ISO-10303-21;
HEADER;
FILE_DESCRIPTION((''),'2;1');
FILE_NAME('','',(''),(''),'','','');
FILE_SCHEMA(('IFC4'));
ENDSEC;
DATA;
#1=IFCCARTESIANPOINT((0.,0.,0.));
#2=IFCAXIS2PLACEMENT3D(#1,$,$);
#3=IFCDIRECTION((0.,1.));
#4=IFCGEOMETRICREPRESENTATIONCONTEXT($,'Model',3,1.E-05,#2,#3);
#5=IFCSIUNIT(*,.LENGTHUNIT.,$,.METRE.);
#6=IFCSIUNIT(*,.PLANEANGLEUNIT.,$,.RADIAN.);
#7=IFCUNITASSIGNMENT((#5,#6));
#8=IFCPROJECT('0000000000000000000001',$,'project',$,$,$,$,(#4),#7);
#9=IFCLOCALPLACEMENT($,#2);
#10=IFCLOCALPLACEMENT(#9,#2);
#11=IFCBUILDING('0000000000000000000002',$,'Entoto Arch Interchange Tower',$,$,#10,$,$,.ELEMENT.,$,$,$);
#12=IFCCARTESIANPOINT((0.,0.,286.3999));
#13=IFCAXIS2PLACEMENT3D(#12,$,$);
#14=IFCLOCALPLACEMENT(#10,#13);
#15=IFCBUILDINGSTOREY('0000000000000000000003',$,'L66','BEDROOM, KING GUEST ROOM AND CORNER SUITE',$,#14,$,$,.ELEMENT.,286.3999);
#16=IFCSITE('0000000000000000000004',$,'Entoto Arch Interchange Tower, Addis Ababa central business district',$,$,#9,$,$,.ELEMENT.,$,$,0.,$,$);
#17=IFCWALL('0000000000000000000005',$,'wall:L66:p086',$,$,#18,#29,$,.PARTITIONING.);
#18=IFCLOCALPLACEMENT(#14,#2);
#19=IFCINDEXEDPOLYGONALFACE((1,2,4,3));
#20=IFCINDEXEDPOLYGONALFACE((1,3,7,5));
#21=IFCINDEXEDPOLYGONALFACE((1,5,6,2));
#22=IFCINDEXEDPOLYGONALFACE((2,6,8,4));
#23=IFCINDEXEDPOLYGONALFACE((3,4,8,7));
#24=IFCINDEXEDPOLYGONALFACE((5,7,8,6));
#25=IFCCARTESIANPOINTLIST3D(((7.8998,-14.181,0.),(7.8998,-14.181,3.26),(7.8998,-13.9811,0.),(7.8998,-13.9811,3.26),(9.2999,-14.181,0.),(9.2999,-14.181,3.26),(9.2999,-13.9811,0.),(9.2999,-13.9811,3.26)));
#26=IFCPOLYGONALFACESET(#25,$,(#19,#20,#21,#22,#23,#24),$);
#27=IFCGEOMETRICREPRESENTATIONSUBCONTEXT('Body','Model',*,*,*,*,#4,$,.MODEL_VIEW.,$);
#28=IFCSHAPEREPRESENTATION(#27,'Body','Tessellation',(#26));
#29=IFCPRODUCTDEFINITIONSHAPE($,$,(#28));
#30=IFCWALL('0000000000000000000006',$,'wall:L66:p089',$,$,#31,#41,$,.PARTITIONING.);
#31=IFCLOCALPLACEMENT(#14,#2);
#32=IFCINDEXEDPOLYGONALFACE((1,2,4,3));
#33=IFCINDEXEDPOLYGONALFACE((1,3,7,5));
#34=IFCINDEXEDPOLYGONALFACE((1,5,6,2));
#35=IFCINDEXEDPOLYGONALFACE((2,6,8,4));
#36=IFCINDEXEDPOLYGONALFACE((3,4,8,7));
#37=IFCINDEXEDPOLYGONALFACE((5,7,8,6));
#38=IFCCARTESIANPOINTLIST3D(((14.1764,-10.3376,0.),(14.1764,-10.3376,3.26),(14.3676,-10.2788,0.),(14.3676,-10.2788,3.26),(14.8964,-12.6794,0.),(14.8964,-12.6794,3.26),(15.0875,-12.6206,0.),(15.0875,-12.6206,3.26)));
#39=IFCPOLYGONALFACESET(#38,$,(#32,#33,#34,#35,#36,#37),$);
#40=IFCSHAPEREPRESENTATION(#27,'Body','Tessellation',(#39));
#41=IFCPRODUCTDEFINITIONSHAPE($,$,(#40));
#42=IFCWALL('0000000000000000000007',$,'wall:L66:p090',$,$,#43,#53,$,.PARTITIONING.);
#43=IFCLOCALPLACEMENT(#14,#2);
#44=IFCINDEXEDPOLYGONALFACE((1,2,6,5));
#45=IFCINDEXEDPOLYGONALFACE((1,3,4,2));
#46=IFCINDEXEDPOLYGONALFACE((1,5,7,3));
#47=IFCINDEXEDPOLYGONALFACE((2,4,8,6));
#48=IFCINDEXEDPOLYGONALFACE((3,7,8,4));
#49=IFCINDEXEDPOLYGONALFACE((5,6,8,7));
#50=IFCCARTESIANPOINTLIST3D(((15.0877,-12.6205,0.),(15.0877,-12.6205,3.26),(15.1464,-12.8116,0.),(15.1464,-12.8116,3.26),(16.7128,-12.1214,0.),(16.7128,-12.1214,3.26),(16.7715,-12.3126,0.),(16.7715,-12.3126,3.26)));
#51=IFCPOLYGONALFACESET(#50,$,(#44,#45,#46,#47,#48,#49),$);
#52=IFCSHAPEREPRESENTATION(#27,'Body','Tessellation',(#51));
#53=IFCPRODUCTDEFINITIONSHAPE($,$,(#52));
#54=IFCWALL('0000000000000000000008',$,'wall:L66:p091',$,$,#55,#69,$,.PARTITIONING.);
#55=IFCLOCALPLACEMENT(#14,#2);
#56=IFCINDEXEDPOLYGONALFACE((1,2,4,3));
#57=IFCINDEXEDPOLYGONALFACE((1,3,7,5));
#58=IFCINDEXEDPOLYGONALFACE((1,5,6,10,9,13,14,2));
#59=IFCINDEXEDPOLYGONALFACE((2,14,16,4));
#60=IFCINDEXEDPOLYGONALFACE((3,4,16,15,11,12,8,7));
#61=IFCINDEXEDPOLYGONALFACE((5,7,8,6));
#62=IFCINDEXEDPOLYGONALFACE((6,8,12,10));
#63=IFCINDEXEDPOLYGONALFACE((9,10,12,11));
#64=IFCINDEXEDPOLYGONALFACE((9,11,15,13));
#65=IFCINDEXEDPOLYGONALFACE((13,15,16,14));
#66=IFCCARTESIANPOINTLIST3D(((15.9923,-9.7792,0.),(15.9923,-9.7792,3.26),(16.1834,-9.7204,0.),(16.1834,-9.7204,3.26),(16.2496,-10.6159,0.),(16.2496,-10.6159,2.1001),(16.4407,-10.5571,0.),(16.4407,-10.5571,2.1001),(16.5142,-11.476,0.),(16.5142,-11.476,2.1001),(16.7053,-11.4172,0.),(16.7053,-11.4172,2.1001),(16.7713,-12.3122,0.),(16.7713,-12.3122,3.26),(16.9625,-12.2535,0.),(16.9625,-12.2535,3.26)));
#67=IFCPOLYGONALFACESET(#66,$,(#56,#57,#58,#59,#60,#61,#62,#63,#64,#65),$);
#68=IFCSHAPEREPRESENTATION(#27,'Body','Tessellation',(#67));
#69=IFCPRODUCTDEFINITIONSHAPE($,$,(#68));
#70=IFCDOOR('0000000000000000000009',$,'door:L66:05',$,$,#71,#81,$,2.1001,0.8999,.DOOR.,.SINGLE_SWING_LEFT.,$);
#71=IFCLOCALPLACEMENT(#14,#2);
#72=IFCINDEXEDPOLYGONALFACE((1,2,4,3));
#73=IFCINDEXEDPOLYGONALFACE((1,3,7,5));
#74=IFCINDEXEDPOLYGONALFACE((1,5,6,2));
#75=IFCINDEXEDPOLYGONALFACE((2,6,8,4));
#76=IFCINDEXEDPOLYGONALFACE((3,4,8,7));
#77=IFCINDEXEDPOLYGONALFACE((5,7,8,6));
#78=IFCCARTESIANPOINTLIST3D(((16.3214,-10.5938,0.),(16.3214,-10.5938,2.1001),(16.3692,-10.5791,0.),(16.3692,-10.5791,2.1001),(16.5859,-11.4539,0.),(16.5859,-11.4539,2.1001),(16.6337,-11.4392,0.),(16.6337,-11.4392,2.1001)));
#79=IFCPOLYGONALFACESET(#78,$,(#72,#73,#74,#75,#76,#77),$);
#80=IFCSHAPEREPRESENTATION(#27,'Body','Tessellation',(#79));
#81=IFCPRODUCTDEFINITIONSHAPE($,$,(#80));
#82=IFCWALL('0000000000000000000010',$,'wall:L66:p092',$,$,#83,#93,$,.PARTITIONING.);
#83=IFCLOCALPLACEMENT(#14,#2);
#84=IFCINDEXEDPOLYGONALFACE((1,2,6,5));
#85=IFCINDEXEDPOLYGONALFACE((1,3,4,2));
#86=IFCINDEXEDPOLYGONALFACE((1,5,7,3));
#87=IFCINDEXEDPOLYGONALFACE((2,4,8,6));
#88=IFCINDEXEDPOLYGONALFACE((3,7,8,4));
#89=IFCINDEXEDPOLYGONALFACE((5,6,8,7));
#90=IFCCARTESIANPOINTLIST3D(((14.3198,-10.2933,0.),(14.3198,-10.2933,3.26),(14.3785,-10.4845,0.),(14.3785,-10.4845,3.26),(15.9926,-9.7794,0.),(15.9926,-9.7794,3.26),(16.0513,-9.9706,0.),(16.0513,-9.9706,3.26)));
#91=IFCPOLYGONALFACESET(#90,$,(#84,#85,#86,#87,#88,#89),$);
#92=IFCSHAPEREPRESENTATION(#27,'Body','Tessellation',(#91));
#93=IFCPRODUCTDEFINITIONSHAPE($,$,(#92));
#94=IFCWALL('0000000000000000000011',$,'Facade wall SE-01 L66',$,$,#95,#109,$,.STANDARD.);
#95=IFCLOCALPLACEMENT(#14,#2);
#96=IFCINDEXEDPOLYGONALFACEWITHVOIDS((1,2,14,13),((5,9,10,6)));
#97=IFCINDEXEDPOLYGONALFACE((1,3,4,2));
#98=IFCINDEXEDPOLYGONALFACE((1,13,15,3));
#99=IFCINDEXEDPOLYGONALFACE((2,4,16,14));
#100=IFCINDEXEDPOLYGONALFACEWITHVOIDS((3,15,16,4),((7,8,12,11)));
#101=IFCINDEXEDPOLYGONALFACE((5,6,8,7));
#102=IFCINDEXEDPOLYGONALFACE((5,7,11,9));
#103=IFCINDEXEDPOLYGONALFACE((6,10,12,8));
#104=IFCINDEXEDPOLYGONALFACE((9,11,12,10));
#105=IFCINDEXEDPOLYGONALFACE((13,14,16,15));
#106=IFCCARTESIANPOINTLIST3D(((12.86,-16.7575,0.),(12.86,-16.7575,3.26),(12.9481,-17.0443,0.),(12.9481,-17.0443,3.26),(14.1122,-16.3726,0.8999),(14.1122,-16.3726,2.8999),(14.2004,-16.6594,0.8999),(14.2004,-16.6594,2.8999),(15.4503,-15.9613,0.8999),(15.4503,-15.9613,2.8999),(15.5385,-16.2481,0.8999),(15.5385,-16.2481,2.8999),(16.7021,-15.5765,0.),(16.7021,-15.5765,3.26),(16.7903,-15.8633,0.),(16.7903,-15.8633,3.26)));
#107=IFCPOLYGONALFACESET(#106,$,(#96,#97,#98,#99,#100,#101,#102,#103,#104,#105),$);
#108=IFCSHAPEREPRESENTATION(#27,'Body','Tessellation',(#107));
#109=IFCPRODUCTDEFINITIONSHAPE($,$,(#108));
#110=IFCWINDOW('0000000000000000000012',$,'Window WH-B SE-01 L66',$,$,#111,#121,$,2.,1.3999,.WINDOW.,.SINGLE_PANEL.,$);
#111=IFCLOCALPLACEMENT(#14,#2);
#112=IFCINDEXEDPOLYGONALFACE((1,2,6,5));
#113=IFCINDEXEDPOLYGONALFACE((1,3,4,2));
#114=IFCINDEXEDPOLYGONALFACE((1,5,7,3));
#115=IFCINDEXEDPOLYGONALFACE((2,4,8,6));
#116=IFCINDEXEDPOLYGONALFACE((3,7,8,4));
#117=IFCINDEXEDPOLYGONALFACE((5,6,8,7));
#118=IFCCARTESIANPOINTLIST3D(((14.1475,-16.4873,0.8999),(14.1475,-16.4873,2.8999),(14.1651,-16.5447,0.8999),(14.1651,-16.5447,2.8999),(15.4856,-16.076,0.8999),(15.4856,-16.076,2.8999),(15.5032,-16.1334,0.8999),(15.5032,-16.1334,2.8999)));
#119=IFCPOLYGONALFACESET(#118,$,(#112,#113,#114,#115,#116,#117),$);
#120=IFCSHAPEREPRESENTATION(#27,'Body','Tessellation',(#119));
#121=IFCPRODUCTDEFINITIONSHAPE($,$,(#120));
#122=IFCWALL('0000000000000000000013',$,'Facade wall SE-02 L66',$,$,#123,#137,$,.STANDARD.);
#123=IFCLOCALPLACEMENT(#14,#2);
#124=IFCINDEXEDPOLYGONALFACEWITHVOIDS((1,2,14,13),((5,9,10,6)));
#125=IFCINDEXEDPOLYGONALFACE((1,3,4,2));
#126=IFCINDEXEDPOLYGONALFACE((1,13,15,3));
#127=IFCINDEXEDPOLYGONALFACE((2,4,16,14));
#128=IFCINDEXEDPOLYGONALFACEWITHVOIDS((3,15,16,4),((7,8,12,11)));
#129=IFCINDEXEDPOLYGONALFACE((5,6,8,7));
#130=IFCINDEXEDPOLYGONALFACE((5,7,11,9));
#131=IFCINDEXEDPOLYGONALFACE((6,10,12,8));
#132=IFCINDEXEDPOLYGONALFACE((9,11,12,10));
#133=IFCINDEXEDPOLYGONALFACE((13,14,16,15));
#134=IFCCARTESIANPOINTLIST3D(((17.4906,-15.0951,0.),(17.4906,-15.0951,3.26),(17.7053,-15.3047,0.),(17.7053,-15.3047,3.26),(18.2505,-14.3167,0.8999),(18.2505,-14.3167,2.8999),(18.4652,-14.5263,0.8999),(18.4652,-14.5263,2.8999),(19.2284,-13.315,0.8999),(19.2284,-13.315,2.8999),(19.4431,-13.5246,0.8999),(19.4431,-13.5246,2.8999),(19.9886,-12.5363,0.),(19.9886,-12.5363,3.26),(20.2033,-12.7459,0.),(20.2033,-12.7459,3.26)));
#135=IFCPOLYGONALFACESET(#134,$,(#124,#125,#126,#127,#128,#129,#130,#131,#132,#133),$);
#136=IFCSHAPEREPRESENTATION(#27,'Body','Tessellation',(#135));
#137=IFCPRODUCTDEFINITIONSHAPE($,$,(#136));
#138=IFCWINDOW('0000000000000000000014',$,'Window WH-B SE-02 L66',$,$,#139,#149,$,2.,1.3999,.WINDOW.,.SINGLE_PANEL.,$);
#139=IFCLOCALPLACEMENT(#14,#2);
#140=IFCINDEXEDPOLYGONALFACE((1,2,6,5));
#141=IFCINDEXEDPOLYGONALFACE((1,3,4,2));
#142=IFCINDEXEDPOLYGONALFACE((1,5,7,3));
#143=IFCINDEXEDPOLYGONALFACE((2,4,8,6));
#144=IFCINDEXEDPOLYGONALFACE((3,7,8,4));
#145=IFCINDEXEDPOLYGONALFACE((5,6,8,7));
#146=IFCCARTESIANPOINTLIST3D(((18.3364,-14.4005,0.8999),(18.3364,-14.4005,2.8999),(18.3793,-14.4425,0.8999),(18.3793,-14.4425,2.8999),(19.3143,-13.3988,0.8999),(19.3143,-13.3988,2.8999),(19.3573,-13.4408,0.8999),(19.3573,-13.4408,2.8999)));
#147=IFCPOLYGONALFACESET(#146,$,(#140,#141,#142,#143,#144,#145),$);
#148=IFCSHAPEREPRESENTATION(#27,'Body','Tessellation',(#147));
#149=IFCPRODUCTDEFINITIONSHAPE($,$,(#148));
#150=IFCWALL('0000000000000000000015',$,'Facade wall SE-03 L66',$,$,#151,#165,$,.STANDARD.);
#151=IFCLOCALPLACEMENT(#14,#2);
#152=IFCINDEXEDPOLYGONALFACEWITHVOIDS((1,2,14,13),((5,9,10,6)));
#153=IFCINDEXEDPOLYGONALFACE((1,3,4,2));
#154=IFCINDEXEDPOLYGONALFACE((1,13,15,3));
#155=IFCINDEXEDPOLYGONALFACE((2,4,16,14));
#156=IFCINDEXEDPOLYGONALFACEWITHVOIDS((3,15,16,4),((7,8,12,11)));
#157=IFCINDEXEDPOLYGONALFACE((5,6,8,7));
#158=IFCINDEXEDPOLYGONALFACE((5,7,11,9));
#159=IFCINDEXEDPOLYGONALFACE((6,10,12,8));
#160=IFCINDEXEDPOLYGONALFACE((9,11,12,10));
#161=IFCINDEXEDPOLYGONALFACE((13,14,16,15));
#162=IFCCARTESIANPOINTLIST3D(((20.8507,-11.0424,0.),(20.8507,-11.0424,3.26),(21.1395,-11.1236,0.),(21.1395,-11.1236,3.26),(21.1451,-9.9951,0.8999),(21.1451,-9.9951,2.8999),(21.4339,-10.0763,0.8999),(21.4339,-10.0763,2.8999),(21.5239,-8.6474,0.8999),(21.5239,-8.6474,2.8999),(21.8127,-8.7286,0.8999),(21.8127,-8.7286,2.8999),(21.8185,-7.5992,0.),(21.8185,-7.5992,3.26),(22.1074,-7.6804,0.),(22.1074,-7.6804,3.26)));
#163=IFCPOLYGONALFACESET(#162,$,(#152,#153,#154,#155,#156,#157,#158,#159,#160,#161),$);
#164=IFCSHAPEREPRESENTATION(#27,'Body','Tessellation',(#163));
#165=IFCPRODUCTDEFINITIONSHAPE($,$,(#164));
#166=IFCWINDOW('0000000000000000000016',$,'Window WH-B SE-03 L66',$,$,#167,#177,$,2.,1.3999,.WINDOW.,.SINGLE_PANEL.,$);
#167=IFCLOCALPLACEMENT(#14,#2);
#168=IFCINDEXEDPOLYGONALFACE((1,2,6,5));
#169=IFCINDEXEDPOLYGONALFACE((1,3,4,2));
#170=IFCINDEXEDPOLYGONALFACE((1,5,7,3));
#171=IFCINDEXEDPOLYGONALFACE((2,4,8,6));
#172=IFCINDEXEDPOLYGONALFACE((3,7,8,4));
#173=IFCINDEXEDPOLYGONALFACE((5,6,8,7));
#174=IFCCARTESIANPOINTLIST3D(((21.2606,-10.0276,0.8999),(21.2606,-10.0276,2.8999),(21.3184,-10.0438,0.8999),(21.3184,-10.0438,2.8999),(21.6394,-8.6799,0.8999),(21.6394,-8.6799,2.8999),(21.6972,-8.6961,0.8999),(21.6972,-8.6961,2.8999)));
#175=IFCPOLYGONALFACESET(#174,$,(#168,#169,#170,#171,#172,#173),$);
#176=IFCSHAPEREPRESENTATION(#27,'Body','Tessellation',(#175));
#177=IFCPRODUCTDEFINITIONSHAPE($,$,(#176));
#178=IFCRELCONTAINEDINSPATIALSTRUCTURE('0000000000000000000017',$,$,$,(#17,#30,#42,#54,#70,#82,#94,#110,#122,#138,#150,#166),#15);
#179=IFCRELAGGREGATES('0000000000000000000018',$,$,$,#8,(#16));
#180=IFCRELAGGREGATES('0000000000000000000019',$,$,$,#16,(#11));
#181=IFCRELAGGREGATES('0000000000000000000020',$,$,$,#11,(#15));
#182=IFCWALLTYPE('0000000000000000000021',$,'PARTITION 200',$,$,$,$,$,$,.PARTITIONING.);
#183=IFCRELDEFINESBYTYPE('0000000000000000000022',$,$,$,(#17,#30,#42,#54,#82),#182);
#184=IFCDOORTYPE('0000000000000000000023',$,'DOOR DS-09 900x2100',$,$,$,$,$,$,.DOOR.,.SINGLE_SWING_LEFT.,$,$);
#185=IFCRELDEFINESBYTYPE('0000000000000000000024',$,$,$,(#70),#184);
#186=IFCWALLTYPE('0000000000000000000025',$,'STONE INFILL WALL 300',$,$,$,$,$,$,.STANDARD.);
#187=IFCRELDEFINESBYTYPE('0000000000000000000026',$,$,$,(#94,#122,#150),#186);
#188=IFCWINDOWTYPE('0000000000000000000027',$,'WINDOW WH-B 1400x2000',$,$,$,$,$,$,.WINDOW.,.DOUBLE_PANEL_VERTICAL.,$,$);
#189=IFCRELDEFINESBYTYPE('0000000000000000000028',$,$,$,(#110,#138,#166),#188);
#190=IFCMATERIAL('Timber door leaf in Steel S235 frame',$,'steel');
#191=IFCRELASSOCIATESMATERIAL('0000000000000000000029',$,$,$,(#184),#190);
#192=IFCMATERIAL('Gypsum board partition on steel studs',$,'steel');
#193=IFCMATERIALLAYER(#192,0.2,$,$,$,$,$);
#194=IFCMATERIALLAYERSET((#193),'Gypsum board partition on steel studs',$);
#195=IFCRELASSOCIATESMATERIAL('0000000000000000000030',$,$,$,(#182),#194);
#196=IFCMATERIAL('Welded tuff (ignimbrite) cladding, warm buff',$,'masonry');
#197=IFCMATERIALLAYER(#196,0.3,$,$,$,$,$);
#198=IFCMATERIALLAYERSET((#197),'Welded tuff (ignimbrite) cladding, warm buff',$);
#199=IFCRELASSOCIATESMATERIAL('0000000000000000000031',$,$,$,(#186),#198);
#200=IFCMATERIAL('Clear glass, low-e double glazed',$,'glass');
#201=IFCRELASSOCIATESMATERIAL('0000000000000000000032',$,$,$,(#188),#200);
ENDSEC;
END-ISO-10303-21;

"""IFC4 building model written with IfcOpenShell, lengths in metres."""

from ifc_helpers import new_model, si_unit, direction, frame, frame_2d, origin, place, context, subcontext, project, spatial, rectangle, extrude, material, layer, layer_set, type_object, element, fill, save


model = new_model("IFC4")

# Units and contexts
model_context = context("Model", 3, precision=1e-05, world=origin(), true_north=direction((0.0, 1.0)))
body_context = subcontext(model_context, "Body", "Model", "MODEL_VIEW")
ifc_project = project(units=[si_unit("LENGTHUNIT", "METRE"), si_unit("PLANEANGLEUNIT", "RADIAN")], contexts=[model_context])

# Site, building, storey
site_placement = place(None, origin())
site = spatial("IfcSite", under=ifc_project, at=site_placement, Name="Entoto Arch Interchange Tower, Addis Ababa central business district", CompositionType="ELEMENT", RefElevation=0.0)
building_placement = place(site_placement, origin())
building = spatial("IfcBuilding", under=site, at=building_placement, Name="Entoto Arch Interchange Tower", CompositionType="ELEMENT")
storey_placement = place(building_placement, frame((0.0, 0.0, 286.3999)))
storey = spatial("IfcBuildingStorey", under=building, at=storey_placement, Name="L66", Description="BEDROOM, KING GUEST ROOM AND CORNER SUITE", CompositionType="ELEMENT", Elevation=286.3999)

# Shared definitions
ifc_material_1 = material(Name="Gypsum board partition on steel studs", Category="steel")
ifc_material_2 = material(Name="Timber door leaf in Steel S235 frame", Category="steel")
door_type_1 = type_object("IfcDoorType", Name="DOOR DS-09 900x2100", OperationType="SINGLE_SWING_LEFT", PredefinedType="DOOR", material=ifc_material_2)

# Shared definitions
ifc_layer_1 = layer(ifc_material_1, 0.2)
ifc_layer_set_1 = layer_set([ifc_layer_1], Name="Gypsum board partition on steel studs")
wall_type_1 = type_object("IfcWallType", Name="PARTITION 200", PredefinedType="PARTITIONING", material=ifc_layer_set_1)

# Walls
wall_1_placement = place(storey_placement, frame((9.3, -14.0811, 0.0), z_axis=(0.0, 0.0, 1.0), x_axis=(-1.0, 0.0, 0.0)))
element("IfcWall", 1, at=wall_1_placement, inside=storey, type_object=wall_type_1, Name="wall:L66:p086", PredefinedType="PARTITIONING", context=body_context, shape_type="SweptSolid", body=[
    extrude(rectangle(XDim=1.4001, YDim=0.2, at=frame_2d((0.7002, 0.0))), origin(), (0.0, 0.0, 1.0), 3.26),
])
wall_2_placement = place(storey_placement, frame((14.272, -10.3081, 0.0), z_axis=(0.0, 0.0, 1.0), x_axis=(0.293869, -0.955846, 0.0)))
element("IfcWall", 2, at=wall_2_placement, inside=storey, type_object=wall_type_1, Name="wall:L66:p089", PredefinedType="PARTITIONING", context=body_context, shape_type="SweptSolid", body=[
    extrude(rectangle(XDim=2.45, YDim=0.2, at=frame_2d((1.2251, 0.0))), origin(), (0.0, 0.0, 1.0), 3.26),
])
wall_3_placement = place(storey_placement, frame((15.1169, -12.7161, 0.0), z_axis=(0.0, 0.0, 1.0), x_axis=(0.95594, 0.293561, 0.0)))
element("IfcWall", 3, at=wall_3_placement, inside=storey, type_object=wall_type_1, Name="wall:L66:p090", PredefinedType="PARTITIONING", context=body_context, shape_type="SweptSolid", body=[
    extrude(rectangle(XDim=1.7, YDim=0.2, at=frame_2d((0.8501, 0.0))), origin(), (0.0, 0.0, 1.0), 3.26),
])

# Wall, opening, door
wall_4_placement = place(storey_placement, frame((16.8669, -12.283, 0.0), z_axis=(0.0, 0.0, 1.0), x_axis=(-0.293976, 0.955813, 0.0)))
wall_4 = element("IfcWall", 4, at=wall_4_placement, inside=storey, type_object=wall_type_1, Name="wall:L66:p091", PredefinedType="PARTITIONING", context=body_context, shape_type="SweptSolid", body=[
    extrude(rectangle(XDim=2.6501, YDim=0.2, at=frame_2d((1.3252, 0.0))), origin(), (0.0, 0.0, 1.0), 3.26),
])
opening_1_placement = place(wall_4_placement, frame((0.875, 0.0, 0.0)))
opening_1 = element("IfcOpeningElement", 5, at=opening_1_placement, cuts=wall_4, PredefinedType="OPENING", context=body_context, shape_type="SweptSolid", body=[
    extrude(rectangle(XDim=0.8999, YDim=2.1001, at=frame_2d((0.45, 1.05))), frame((0.0, 0.1099, 0.0), z_axis=(0.0, -1.0, 0.0), x_axis=(1.0, 0.0, 0.0)), (0.0, 0.0, 1.0), 0.22),
])
door_1_placement = place(opening_1_placement, origin())
door_1 = element("IfcDoor", 6, at=door_1_placement, inside=storey, type_object=door_type_1, Name="door:L66:05", OperationType="SINGLE_SWING_LEFT", OverallHeight=2.1001, OverallWidth=0.8999, PredefinedType="DOOR", context=body_context, shape_type="SweptSolid", body=[
    extrude(rectangle(XDim=0.8999, YDim=2.1001, at=frame_2d((0.45, 1.05))), frame((0.0, 0.0249, 0.0), z_axis=(0.0, -1.0, 0.0), x_axis=(1.0, 0.0, 0.0)), (0.0, 0.0, 1.0), 0.05),
])
fill(opening_1, door_1)

# Wall
wall_5_placement = place(storey_placement, frame((16.022, -9.875, 0.0), z_axis=(0.0, 0.0, 1.0), x_axis=(-0.955909, -0.293664, 0.0)))
element("IfcWall", 7, at=wall_5_placement, inside=storey, type_object=wall_type_1, Name="wall:L66:p092", PredefinedType="PARTITIONING", context=body_context, shape_type="SweptSolid", body=[
    extrude(rectangle(XDim=1.75, YDim=0.2, at=frame_2d((0.875, 0.0))), origin(), (0.0, 0.0, 1.0), 3.26),
])

# Walls, openings, windows
ifc_material_3 = material(Name="Welded tuff (ignimbrite) cladding, warm buff", Category="masonry")
ifc_layer_2 = layer(ifc_material_3, 0.3)
ifc_layer_set_2 = layer_set([ifc_layer_2], Name="Welded tuff (ignimbrite) cladding, warm buff")
wall_type_2 = type_object("IfcWallType", Name="STONE INFILL WALL 300", PredefinedType="STANDARD", material=ifc_layer_set_2)
wall_6_placement = place(storey_placement, frame((12.9041, -16.9009, 0.0), z_axis=(0.0, 0.0, 1.0), x_axis=(0.955867, 0.2938, 0.0)))
wall_6 = element("IfcWall", 8, at=wall_6_placement, inside=storey, type_object=wall_type_2, Name="Facade wall SE-01 L66", PredefinedType="STANDARD", context=body_context, shape_type="SweptSolid", body=[
    extrude(rectangle(XDim=4.0195, YDim=0.3, at=frame_2d((2.0098, 0.0))), origin(), (0.0, 0.0, 1.0), 3.26),
])
opening_2_placement = place(wall_6_placement, frame((1.3101, 0.0, 0.8999)))
opening_2 = element("IfcOpeningElement", 9, at=opening_2_placement, cuts=wall_6, PredefinedType="OPENING", context=body_context, shape_type="SweptSolid", body=[
    extrude(rectangle(XDim=1.3999, YDim=2.0, at=frame_2d((0.7, 1.0))), frame((0.0, 0.1602, 0.0), z_axis=(0.0, -1.0, 0.0), x_axis=(1.0, 0.0, 0.0)), (0.0, 0.0, 1.0), 0.3201),
])
ifc_material_4 = material(Name="Clear glass, low-e double glazed", Category="glass")
window_type = type_object("IfcWindowType", Name="WINDOW WH-B 1400x2000", PartitioningType="DOUBLE_PANEL_VERTICAL", PredefinedType="WINDOW", material=ifc_material_4)
window_1_placement = place(opening_2_placement, origin())
window_1 = element("IfcWindow", 10, at=window_1_placement, inside=storey, type_object=window_type, Name="Window WH-B SE-01 L66", OverallHeight=2.0, OverallWidth=1.3999, PartitioningType="SINGLE_PANEL", PredefinedType="WINDOW", context=body_context, shape_type="SweptSolid", body=[
    extrude(rectangle(XDim=1.3999, YDim=2.0, at=frame_2d((0.7, 1.0))), frame((0.0, 0.03, 0.0), z_axis=(0.0, -1.0, 0.0), x_axis=(1.0, 0.0, 0.0)), (0.0, 0.0, 1.0), 0.0601),
])
fill(opening_2, window_1)
wall_7_placement = place(storey_placement, frame((17.5979, -15.2, 0.0), z_axis=(0.0, 0.0, 1.0), x_axis=(0.698556, 0.715556, 0.0)))
wall_7 = element("IfcWall", 11, at=wall_7_placement, inside=storey, type_object=wall_type_2, Name="Facade wall SE-02 L66", PredefinedType="STANDARD", context=body_context, shape_type="SweptSolid", body=[
    extrude(rectangle(XDim=3.5759, YDim=0.3, at=frame_2d((1.7881, 0.0))), origin(), (0.0, 0.0, 1.0), 3.26),
])
opening_3_placement = place(wall_7_placement, frame((1.0879, 0.0, 0.8999)))
opening_3 = element("IfcOpeningElement", 12, at=opening_3_placement, cuts=wall_7, PredefinedType="OPENING", context=body_context, shape_type="SweptSolid", body=[
    extrude(rectangle(XDim=1.3999, YDim=2.0, at=frame_2d((0.7, 1.0))), frame((0.0, 0.1602, 0.0), z_axis=(0.0, -1.0, 0.0), x_axis=(1.0, 0.0, 0.0)), (0.0, 0.0, 1.0), 0.3201),
])
window_2_placement = place(opening_3_placement, origin())
window_2 = element("IfcWindow", 13, at=window_2_placement, inside=storey, type_object=window_type, Name="Window WH-B SE-02 L66", OverallHeight=2.0, OverallWidth=1.3999, PartitioningType="SINGLE_PANEL", PredefinedType="WINDOW", context=body_context, shape_type="SweptSolid", body=[
    extrude(rectangle(XDim=1.3999, YDim=2.0, at=frame_2d((0.7, 1.0))), frame((0.0, 0.03, 0.0), z_axis=(0.0, -1.0, 0.0), x_axis=(1.0, 0.0, 0.0)), (0.0, 0.0, 1.0), 0.0601),
])
fill(opening_3, window_2)
wall_8_placement = place(storey_placement, frame((20.9951, -11.083, 0.0), z_axis=(0.0, 0.0, 1.0), x_axis=(0.270589, 0.962695, 0.0)))
wall_8 = element("IfcWall", 14, at=wall_8_placement, inside=storey, type_object=wall_type_2, Name="Facade wall SE-03 L66", PredefinedType="STANDARD", context=body_context, shape_type="SweptSolid", body=[
    extrude(rectangle(XDim=3.5767, YDim=0.3, at=frame_2d((1.7883, 0.0))), origin(), (0.0, 0.0, 1.0), 3.26),
])
opening_4_placement = place(wall_8_placement, frame((1.0879, 0.0, 0.8999)))
opening_4 = element("IfcOpeningElement", 15, at=opening_4_placement, cuts=wall_8, PredefinedType="OPENING", context=body_context, shape_type="SweptSolid", body=[
    extrude(rectangle(XDim=1.3999, YDim=2.0, at=frame_2d((0.7, 1.0))), frame((0.0, 0.1602, 0.0), z_axis=(0.0, -1.0, 0.0), x_axis=(1.0, 0.0, 0.0)), (0.0, 0.0, 1.0), 0.3201),
])
window_3_placement = place(opening_4_placement, origin())
window_3 = element("IfcWindow", 16, at=window_3_placement, inside=storey, type_object=window_type, Name="Window WH-B SE-03 L66", OverallHeight=2.0, OverallWidth=1.3999, PartitioningType="SINGLE_PANEL", PredefinedType="WINDOW", context=body_context, shape_type="SweptSolid", body=[
    extrude(rectangle(XDim=1.3999, YDim=2.0, at=frame_2d((0.7, 1.0))), frame((0.0, 0.03, 0.0), z_axis=(0.0, -1.0, 0.0), x_axis=(1.0, 0.0, 0.0)), (0.0, 0.0, 1.0), 0.0601),
])
fill(opening_4, window_3)

save(model, "model.ifc")
